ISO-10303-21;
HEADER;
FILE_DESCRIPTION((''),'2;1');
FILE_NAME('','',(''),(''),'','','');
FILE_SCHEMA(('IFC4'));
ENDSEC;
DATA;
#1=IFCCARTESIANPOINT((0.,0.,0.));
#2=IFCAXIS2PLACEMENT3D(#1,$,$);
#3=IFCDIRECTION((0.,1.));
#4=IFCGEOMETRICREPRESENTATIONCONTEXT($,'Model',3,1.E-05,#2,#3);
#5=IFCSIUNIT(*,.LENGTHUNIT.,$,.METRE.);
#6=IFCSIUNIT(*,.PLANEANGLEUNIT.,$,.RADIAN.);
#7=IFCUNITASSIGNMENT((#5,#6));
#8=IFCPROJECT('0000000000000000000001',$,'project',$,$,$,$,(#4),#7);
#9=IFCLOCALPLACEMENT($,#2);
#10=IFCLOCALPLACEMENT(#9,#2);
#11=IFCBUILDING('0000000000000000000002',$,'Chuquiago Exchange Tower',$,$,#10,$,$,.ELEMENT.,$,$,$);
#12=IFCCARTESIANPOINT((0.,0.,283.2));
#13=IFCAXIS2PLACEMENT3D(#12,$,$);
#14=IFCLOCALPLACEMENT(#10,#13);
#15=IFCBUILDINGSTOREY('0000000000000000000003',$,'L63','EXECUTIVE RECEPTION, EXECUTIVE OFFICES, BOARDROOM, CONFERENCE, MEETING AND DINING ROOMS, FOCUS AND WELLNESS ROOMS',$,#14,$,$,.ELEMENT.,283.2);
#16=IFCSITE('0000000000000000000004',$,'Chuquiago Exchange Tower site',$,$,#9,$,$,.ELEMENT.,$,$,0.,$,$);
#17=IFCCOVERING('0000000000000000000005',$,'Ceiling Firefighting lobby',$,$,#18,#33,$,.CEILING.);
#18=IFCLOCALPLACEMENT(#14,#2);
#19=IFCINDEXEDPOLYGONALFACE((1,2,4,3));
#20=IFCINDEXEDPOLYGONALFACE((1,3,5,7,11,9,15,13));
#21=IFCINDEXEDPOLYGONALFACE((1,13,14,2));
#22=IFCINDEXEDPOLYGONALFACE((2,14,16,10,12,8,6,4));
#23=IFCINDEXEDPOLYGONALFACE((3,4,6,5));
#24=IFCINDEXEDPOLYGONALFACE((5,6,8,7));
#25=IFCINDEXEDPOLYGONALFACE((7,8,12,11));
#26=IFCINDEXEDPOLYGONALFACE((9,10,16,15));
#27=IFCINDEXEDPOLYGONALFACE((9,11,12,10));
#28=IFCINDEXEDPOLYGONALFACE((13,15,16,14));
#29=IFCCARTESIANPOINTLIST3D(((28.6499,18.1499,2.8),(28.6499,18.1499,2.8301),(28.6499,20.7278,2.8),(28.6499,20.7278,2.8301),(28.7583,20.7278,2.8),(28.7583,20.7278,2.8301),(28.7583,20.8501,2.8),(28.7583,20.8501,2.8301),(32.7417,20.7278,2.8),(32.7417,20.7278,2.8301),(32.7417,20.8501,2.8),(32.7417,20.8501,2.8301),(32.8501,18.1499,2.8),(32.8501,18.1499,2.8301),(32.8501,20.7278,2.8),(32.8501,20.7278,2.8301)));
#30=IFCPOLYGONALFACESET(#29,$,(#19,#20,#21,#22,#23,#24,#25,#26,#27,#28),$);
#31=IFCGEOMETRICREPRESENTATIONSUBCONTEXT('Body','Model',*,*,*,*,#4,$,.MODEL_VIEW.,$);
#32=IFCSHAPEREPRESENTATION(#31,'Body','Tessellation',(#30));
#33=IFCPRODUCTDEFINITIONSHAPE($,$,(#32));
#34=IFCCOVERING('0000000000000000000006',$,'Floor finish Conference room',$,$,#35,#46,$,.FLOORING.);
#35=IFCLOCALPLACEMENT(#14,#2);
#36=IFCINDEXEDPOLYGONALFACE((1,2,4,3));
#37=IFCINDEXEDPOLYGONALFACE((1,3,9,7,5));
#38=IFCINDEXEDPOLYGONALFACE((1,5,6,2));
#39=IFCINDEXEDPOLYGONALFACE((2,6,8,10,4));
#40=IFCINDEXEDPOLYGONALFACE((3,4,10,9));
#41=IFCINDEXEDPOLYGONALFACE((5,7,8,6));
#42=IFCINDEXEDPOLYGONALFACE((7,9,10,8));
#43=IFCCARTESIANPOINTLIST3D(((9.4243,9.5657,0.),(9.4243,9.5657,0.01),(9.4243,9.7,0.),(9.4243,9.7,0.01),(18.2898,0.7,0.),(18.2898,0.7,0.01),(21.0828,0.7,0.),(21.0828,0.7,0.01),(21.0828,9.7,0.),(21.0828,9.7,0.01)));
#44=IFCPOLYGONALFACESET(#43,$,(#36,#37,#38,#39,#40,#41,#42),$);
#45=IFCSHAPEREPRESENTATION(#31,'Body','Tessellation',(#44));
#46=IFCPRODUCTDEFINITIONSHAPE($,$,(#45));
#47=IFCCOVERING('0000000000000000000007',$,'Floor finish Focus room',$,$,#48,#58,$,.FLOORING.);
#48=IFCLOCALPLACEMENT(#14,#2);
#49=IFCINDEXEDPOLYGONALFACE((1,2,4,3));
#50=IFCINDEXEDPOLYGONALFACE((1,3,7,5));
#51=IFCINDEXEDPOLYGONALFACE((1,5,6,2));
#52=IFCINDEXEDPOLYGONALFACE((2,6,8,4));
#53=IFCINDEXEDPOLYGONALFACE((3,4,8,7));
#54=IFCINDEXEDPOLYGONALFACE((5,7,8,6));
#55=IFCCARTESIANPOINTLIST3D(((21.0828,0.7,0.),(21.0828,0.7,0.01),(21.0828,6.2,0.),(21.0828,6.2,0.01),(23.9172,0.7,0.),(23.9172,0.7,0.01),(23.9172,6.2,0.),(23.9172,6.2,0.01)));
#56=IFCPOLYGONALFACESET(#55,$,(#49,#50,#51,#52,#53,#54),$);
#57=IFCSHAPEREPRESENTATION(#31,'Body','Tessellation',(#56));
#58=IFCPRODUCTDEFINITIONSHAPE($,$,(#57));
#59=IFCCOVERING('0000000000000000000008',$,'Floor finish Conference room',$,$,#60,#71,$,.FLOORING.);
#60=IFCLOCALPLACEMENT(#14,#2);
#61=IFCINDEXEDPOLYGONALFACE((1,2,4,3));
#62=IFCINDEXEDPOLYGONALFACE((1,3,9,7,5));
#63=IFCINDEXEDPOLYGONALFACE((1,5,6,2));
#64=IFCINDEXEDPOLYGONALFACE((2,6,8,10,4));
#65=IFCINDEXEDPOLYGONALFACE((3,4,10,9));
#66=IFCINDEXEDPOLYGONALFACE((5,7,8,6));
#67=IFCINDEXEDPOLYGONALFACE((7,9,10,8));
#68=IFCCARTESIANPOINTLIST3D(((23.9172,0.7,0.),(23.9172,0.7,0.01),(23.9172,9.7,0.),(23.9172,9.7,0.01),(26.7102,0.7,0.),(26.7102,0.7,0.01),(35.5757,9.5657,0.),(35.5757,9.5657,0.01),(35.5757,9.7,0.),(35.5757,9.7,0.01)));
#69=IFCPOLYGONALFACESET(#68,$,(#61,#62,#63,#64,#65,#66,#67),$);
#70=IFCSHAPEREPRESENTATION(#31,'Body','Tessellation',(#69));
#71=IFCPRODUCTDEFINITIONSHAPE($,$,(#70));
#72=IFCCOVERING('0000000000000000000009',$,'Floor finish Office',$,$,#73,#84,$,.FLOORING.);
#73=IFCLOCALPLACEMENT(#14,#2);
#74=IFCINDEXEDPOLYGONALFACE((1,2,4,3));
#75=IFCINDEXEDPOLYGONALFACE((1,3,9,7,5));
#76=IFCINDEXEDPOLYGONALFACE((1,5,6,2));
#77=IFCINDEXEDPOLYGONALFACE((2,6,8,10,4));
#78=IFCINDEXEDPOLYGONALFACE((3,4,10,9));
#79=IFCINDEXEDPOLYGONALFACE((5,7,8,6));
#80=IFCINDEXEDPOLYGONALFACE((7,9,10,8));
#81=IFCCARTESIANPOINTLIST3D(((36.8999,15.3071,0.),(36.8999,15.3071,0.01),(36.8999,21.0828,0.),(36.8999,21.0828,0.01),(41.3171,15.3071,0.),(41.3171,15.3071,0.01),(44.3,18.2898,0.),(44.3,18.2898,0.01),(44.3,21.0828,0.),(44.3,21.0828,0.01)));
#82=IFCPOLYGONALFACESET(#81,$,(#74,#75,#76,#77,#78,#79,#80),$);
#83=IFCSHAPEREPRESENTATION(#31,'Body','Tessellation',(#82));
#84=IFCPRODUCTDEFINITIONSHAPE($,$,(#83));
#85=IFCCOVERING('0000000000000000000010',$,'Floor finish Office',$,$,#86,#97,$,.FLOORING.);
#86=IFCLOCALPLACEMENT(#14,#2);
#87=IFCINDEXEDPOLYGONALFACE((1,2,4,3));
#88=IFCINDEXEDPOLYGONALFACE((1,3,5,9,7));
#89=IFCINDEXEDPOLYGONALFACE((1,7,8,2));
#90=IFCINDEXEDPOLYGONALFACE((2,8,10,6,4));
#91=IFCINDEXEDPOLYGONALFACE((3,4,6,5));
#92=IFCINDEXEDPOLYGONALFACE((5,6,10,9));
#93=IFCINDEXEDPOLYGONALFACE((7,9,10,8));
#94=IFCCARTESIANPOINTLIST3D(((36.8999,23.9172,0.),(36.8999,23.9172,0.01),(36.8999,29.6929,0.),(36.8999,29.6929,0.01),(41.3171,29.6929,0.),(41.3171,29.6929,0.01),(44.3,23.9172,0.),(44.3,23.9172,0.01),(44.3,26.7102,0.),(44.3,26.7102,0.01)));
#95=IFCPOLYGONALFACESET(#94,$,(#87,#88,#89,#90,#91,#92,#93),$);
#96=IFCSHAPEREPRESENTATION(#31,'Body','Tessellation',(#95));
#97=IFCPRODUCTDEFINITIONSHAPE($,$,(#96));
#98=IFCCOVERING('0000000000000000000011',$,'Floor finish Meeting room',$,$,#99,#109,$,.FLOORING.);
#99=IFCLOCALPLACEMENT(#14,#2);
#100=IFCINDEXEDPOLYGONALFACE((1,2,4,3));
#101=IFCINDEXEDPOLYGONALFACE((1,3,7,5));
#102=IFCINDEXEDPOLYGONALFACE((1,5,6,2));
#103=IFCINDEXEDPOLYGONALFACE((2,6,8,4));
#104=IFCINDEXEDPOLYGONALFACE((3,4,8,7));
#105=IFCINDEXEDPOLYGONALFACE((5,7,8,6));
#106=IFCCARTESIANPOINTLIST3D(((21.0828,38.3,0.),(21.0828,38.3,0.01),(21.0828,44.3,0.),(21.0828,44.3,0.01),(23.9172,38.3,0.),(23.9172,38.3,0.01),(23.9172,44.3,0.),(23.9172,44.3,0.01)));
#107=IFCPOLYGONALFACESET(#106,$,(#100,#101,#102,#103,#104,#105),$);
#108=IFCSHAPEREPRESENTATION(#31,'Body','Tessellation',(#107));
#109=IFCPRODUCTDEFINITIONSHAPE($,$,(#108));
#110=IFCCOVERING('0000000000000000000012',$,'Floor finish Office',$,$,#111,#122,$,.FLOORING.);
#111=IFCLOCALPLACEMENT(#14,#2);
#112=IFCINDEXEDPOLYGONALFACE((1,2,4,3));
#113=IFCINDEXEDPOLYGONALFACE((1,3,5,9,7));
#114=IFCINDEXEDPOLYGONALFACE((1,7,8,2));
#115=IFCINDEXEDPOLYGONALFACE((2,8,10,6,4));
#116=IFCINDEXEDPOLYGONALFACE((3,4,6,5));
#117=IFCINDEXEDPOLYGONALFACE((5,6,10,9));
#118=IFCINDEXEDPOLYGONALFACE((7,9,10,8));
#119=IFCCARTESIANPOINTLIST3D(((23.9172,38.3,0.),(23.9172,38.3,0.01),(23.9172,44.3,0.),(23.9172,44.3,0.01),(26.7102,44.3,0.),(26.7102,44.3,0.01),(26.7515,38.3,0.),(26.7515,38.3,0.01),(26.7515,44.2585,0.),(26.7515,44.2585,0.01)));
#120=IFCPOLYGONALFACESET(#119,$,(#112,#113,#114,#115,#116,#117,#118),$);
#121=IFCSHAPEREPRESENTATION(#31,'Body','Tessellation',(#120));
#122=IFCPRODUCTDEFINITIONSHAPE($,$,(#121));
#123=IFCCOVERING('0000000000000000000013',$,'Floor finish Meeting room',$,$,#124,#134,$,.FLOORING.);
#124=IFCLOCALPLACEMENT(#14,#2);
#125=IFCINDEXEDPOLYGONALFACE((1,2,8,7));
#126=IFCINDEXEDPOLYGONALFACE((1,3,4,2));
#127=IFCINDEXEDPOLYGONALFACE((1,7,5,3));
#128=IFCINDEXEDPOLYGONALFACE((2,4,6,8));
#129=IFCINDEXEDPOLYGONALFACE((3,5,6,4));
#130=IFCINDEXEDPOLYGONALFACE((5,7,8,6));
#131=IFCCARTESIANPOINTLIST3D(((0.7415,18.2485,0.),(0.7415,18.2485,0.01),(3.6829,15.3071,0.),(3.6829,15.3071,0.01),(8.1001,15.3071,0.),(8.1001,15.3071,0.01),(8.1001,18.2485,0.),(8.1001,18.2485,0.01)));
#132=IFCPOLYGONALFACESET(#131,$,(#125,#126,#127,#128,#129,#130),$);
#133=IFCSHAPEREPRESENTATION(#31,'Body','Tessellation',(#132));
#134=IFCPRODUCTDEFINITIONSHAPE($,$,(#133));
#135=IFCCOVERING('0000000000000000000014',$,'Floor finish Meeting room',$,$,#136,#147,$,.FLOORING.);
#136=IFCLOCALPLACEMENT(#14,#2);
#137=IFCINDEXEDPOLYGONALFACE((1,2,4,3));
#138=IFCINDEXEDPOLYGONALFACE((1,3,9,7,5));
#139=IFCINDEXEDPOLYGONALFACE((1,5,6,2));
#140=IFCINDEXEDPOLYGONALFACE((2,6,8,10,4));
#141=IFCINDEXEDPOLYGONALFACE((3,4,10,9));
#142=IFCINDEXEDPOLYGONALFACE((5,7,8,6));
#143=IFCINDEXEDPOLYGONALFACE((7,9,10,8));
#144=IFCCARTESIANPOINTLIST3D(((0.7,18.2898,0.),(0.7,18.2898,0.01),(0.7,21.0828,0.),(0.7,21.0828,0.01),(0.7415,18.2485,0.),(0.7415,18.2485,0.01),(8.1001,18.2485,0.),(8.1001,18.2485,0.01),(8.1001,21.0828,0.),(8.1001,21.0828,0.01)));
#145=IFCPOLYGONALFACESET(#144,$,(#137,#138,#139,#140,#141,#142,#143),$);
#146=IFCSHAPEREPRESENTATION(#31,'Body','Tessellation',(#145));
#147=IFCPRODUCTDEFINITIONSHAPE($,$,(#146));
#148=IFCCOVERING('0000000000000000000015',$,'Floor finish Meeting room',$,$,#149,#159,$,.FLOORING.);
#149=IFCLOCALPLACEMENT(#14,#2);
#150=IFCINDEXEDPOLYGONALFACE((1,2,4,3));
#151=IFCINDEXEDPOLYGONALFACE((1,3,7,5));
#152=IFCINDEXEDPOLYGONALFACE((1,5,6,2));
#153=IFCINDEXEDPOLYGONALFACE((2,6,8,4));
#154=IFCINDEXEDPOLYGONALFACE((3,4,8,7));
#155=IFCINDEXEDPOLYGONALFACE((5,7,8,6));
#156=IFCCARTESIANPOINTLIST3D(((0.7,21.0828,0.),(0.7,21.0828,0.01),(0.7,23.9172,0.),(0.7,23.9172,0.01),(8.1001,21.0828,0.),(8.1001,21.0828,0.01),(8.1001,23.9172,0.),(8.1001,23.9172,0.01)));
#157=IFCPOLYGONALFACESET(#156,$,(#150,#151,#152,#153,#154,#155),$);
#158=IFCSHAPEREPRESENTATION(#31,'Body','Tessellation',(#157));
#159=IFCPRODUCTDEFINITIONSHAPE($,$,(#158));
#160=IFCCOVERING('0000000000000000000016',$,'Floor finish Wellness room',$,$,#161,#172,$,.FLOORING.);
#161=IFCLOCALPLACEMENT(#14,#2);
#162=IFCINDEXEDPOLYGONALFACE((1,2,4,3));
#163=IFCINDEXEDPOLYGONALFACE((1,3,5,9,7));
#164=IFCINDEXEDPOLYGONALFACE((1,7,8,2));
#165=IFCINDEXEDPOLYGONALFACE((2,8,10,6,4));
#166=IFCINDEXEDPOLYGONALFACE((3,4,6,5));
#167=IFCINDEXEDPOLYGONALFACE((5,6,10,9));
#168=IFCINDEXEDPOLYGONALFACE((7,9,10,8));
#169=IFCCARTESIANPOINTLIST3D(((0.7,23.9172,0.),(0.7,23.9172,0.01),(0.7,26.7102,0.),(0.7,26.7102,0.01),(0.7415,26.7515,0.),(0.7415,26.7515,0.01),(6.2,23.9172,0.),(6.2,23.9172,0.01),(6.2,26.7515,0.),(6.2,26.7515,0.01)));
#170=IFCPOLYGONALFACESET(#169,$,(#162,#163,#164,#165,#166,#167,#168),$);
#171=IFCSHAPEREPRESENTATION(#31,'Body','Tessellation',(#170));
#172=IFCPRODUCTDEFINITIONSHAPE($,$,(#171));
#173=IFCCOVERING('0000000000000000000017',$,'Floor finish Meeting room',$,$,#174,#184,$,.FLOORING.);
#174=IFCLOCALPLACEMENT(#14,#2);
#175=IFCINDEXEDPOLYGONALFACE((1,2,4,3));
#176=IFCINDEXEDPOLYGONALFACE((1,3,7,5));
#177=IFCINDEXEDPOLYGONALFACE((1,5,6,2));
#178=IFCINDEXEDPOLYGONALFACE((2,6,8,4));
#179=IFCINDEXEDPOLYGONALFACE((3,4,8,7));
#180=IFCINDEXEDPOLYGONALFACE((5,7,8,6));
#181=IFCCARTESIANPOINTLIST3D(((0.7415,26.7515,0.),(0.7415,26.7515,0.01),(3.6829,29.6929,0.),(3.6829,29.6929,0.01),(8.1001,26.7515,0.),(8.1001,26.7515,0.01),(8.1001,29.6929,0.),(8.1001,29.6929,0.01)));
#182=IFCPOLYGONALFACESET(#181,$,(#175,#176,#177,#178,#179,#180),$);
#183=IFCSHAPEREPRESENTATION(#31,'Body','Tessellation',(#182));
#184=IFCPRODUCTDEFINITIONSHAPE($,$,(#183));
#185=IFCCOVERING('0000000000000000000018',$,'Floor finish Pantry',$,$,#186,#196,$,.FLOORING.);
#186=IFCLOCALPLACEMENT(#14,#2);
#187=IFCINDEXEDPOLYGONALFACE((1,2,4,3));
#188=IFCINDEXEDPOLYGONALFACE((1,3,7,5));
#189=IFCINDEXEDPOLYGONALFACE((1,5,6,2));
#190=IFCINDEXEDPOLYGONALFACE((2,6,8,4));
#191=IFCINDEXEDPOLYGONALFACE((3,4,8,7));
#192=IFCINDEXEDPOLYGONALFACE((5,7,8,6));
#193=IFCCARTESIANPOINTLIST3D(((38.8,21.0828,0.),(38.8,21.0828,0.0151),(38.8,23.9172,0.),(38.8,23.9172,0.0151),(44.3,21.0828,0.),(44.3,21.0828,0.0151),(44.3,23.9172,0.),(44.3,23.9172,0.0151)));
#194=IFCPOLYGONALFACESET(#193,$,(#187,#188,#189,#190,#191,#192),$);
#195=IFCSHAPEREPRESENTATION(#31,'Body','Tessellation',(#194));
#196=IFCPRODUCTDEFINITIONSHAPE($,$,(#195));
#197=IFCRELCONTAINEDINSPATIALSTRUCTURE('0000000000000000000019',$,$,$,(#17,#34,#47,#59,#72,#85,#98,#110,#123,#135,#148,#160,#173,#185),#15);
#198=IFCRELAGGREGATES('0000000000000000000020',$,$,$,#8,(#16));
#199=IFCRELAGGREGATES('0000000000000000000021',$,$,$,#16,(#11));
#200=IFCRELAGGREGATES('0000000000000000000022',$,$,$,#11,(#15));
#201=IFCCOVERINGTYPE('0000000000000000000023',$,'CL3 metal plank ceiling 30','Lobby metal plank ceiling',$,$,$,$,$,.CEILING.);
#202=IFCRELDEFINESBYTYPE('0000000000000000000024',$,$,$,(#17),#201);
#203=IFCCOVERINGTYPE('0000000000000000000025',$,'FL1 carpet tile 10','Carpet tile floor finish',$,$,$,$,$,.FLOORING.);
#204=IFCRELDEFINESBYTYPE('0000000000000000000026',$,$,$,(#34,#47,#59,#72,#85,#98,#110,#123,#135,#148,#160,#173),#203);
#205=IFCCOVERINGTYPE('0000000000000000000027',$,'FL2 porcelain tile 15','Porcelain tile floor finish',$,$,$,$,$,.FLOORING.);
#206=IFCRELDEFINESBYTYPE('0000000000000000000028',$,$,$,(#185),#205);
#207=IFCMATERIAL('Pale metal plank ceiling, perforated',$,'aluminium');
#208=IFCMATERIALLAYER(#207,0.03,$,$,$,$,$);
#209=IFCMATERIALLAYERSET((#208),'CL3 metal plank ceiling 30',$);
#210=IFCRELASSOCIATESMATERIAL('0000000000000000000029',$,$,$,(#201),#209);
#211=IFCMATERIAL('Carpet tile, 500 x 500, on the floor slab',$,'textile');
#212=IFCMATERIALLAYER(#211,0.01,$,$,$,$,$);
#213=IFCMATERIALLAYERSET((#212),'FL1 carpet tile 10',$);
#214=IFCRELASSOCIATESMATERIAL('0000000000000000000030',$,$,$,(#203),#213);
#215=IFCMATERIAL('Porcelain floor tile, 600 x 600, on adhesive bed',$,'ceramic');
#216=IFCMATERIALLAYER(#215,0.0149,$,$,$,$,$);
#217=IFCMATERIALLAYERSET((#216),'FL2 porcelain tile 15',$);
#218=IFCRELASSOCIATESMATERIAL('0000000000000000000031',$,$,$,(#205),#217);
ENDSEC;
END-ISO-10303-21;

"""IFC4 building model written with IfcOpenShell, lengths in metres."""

from ifc_helpers import new_model, si_unit, direction, frame, origin, place, context, subcontext, project, spatial, polyline, outline, extrude, material, layer, layer_set, type_object, element, save


model = new_model("IFC4")

# Units and contexts
model_context = context("Model", 3, precision=1e-05, world=origin(), true_north=direction((0.0, 1.0)))
body_context = subcontext(model_context, "Body", "Model", "MODEL_VIEW")
ifc_project = project(units=[si_unit("LENGTHUNIT", "METRE"), si_unit("PLANEANGLEUNIT", "RADIAN")], contexts=[model_context])

# Site, building, storey
site_placement = place(None, origin())
site = spatial("IfcSite", under=ifc_project, at=site_placement, Name="Chuquiago Exchange Tower site", CompositionType="ELEMENT", RefElevation=0.0)
building_placement = place(site_placement, origin())
building = spatial("IfcBuilding", under=site, at=building_placement, Name="Chuquiago Exchange Tower", CompositionType="ELEMENT")
storey_placement = place(building_placement, frame((0.0, 0.0, 283.2)))
storey = spatial("IfcBuildingStorey", under=building, at=storey_placement, Name="L63", Description="EXECUTIVE RECEPTION, EXECUTIVE OFFICES, BOARDROOM, CONFERENCE, MEETING AND DINING ROOMS, FOCUS AND WELLNESS ROOMS", CompositionType="ELEMENT", Elevation=283.2)

# Coverings
ifc_material_1 = material(Name="Pale metal plank ceiling, perforated", Category="aluminium")
ifc_layer_1 = layer(ifc_material_1, 0.03)
ifc_layer_set_1 = layer_set([ifc_layer_1], Name="CL3 metal plank ceiling 30")
covering_type_1 = type_object("IfcCoveringType", Name="CL3 metal plank ceiling 30", Description="Lobby metal plank ceiling", PredefinedType="CEILING", material=ifc_layer_set_1)
covering_1_placement = place(storey_placement, frame((0.0, 0.0, 2.8)))
element("IfcCovering", 1, at=covering_1_placement, inside=storey, type_object=covering_type_1, Name="Ceiling Firefighting lobby", PredefinedType="CEILING", context=body_context, shape_type="SweptSolid", body=[
    extrude(outline(polyline([(28.6499, 18.1499), (28.6499, 20.7278), (28.7583, 20.7278), (28.7583, 20.8501), (32.7417, 20.8501), (32.7417, 20.7278), (32.8501, 20.7278), (32.8501, 18.1499), (28.6499, 18.1499)])), origin(), (0.0, 0.0, 1.0), 0.03),
])
ifc_material_2 = material(Name="Carpet tile, 500 x 500, on the floor slab", Category="textile")
ifc_layer_2 = layer(ifc_material_2, 0.01)
ifc_layer_set_2 = layer_set([ifc_layer_2], Name="FL1 carpet tile 10")
covering_type_2 = type_object("IfcCoveringType", Name="FL1 carpet tile 10", Description="Carpet tile floor finish", PredefinedType="FLOORING", material=ifc_layer_set_2)
covering_2_placement = place(storey_placement, origin())
element("IfcCovering", 2, at=covering_2_placement, inside=storey, type_object=covering_type_2, Name="Floor finish Conference room", PredefinedType="FLOORING", context=body_context, shape_type="SweptSolid", body=[
    extrude(outline(polyline([(18.2898, 0.7), (9.4243, 9.5657), (9.4243, 9.7), (21.0828, 9.7), (21.0828, 0.7), (18.2898, 0.7)])), origin(), (0.0, 0.0, 1.0), 0.01),
])
covering_3_placement = place(storey_placement, origin())
element("IfcCovering", 3, at=covering_3_placement, inside=storey, type_object=covering_type_2, Name="Floor finish Focus room", PredefinedType="FLOORING", context=body_context, shape_type="SweptSolid", body=[
    extrude(outline(polyline([(21.0828, 0.7), (21.0828, 6.2), (23.9172, 6.2), (23.9172, 0.7), (21.0828, 0.7)])), origin(), (0.0, 0.0, 1.0), 0.01),
])
covering_4_placement = place(storey_placement, origin())
element("IfcCovering", 4, at=covering_4_placement, inside=storey, type_object=covering_type_2, Name="Floor finish Conference room", PredefinedType="FLOORING", context=body_context, shape_type="SweptSolid", body=[
    extrude(outline(polyline([(26.7102, 0.7), (23.9172, 0.7), (23.9172, 9.7), (35.5757, 9.7), (35.5757, 9.5657), (26.7102, 0.7)])), origin(), (0.0, 0.0, 1.0), 0.01),
])
covering_5_placement = place(storey_placement, origin())
element("IfcCovering", 5, at=covering_5_placement, inside=storey, type_object=covering_type_2, Name="Floor finish Office", PredefinedType="FLOORING", context=body_context, shape_type="SweptSolid", body=[
    extrude(outline(polyline([(44.3, 18.2898), (41.3171, 15.3071), (36.8999, 15.3071), (36.8999, 21.0828), (44.3, 21.0828), (44.3, 18.2898)])), origin(), (0.0, 0.0, 1.0), 0.01),
])
covering_6_placement = place(storey_placement, origin())
element("IfcCovering", 6, at=covering_6_placement, inside=storey, type_object=covering_type_2, Name="Floor finish Office", PredefinedType="FLOORING", context=body_context, shape_type="SweptSolid", body=[
    extrude(outline(polyline([(44.3, 26.7102), (44.3, 23.9172), (36.8999, 23.9172), (36.8999, 29.6929), (41.3171, 29.6929), (44.3, 26.7102)])), origin(), (0.0, 0.0, 1.0), 0.01),
])
covering_7_placement = place(storey_placement, origin())
element("IfcCovering", 7, at=covering_7_placement, inside=storey, type_object=covering_type_2, Name="Floor finish Meeting room", PredefinedType="FLOORING", context=body_context, shape_type="SweptSolid", body=[
    extrude(outline(polyline([(23.9172, 44.3), (23.9172, 38.3), (21.0828, 38.3), (21.0828, 44.3), (23.9172, 44.3)])), origin(), (0.0, 0.0, 1.0), 0.01),
])
covering_8_placement = place(storey_placement, origin())
element("IfcCovering", 8, at=covering_8_placement, inside=storey, type_object=covering_type_2, Name="Floor finish Office", PredefinedType="FLOORING", context=body_context, shape_type="SweptSolid", body=[
    extrude(outline(polyline([(26.7102, 44.3), (26.7515, 44.2585), (26.7515, 38.3), (23.9172, 38.3), (23.9172, 44.3), (26.7102, 44.3)])), origin(), (0.0, 0.0, 1.0), 0.01),
])
covering_9_placement = place(storey_placement, origin())
element("IfcCovering", 9, at=covering_9_placement, inside=storey, type_object=covering_type_2, Name="Floor finish Meeting room", PredefinedType="FLOORING", context=body_context, shape_type="SweptSolid", body=[
    extrude(outline(polyline([(0.7415, 18.2485), (8.1001, 18.2485), (8.1001, 15.3071), (3.6829, 15.3071), (0.7415, 18.2485)])), origin(), (0.0, 0.0, 1.0), 0.01),
])
covering_10_placement = place(storey_placement, origin())
element("IfcCovering", 10, at=covering_10_placement, inside=storey, type_object=covering_type_2, Name="Floor finish Meeting room", PredefinedType="FLOORING", context=body_context, shape_type="SweptSolid", body=[
    extrude(outline(polyline([(0.7, 21.0828), (8.1001, 21.0828), (8.1001, 18.2485), (0.7415, 18.2485), (0.7, 18.2898), (0.7, 21.0828)])), origin(), (0.0, 0.0, 1.0), 0.01),
])
covering_11_placement = place(storey_placement, origin())
element("IfcCovering", 11, at=covering_11_placement, inside=storey, type_object=covering_type_2, Name="Floor finish Meeting room", PredefinedType="FLOORING", context=body_context, shape_type="SweptSolid", body=[
    extrude(outline(polyline([(0.7, 23.9172), (8.1001, 23.9172), (8.1001, 21.0828), (0.7, 21.0828), (0.7, 23.9172)])), origin(), (0.0, 0.0, 1.0), 0.01),
])
covering_12_placement = place(storey_placement, origin())
element("IfcCovering", 12, at=covering_12_placement, inside=storey, type_object=covering_type_2, Name="Floor finish Wellness room", PredefinedType="FLOORING", context=body_context, shape_type="SweptSolid", body=[
    extrude(outline(polyline([(0.7, 26.7102), (0.7415, 26.7515), (6.2, 26.7515), (6.2, 23.9172), (0.7, 23.9172), (0.7, 26.7102)])), origin(), (0.0, 0.0, 1.0), 0.01),
])
covering_13_placement = place(storey_placement, origin())
element("IfcCovering", 13, at=covering_13_placement, inside=storey, type_object=covering_type_2, Name="Floor finish Meeting room", PredefinedType="FLOORING", context=body_context, shape_type="SweptSolid", body=[
    extrude(outline(polyline([(3.6829, 29.6929), (8.1001, 29.6929), (8.1001, 26.7515), (0.7415, 26.7515), (3.6829, 29.6929)])), origin(), (0.0, 0.0, 1.0), 0.01),
])
ifc_material_3 = material(Name="Porcelain floor tile, 600 x 600, on adhesive bed", Category="ceramic")
ifc_layer_3 = layer(ifc_material_3, 0.0149)
ifc_layer_set_3 = layer_set([ifc_layer_3], Name="FL2 porcelain tile 15")
covering_type_3 = type_object("IfcCoveringType", Name="FL2 porcelain tile 15", Description="Porcelain tile floor finish", PredefinedType="FLOORING", material=ifc_layer_set_3)
covering_14_placement = place(storey_placement, origin())
element("IfcCovering", 14, at=covering_14_placement, inside=storey, type_object=covering_type_3, Name="Floor finish Pantry", PredefinedType="FLOORING", context=body_context, shape_type="SweptSolid", body=[
    extrude(outline(polyline([(44.3, 21.0828), (38.8, 21.0828), (38.8, 23.9172), (44.3, 23.9172), (44.3, 21.0828)])), origin(), (0.0, 0.0, 1.0), 0.0151),
])

save(model, "model.ifc")
